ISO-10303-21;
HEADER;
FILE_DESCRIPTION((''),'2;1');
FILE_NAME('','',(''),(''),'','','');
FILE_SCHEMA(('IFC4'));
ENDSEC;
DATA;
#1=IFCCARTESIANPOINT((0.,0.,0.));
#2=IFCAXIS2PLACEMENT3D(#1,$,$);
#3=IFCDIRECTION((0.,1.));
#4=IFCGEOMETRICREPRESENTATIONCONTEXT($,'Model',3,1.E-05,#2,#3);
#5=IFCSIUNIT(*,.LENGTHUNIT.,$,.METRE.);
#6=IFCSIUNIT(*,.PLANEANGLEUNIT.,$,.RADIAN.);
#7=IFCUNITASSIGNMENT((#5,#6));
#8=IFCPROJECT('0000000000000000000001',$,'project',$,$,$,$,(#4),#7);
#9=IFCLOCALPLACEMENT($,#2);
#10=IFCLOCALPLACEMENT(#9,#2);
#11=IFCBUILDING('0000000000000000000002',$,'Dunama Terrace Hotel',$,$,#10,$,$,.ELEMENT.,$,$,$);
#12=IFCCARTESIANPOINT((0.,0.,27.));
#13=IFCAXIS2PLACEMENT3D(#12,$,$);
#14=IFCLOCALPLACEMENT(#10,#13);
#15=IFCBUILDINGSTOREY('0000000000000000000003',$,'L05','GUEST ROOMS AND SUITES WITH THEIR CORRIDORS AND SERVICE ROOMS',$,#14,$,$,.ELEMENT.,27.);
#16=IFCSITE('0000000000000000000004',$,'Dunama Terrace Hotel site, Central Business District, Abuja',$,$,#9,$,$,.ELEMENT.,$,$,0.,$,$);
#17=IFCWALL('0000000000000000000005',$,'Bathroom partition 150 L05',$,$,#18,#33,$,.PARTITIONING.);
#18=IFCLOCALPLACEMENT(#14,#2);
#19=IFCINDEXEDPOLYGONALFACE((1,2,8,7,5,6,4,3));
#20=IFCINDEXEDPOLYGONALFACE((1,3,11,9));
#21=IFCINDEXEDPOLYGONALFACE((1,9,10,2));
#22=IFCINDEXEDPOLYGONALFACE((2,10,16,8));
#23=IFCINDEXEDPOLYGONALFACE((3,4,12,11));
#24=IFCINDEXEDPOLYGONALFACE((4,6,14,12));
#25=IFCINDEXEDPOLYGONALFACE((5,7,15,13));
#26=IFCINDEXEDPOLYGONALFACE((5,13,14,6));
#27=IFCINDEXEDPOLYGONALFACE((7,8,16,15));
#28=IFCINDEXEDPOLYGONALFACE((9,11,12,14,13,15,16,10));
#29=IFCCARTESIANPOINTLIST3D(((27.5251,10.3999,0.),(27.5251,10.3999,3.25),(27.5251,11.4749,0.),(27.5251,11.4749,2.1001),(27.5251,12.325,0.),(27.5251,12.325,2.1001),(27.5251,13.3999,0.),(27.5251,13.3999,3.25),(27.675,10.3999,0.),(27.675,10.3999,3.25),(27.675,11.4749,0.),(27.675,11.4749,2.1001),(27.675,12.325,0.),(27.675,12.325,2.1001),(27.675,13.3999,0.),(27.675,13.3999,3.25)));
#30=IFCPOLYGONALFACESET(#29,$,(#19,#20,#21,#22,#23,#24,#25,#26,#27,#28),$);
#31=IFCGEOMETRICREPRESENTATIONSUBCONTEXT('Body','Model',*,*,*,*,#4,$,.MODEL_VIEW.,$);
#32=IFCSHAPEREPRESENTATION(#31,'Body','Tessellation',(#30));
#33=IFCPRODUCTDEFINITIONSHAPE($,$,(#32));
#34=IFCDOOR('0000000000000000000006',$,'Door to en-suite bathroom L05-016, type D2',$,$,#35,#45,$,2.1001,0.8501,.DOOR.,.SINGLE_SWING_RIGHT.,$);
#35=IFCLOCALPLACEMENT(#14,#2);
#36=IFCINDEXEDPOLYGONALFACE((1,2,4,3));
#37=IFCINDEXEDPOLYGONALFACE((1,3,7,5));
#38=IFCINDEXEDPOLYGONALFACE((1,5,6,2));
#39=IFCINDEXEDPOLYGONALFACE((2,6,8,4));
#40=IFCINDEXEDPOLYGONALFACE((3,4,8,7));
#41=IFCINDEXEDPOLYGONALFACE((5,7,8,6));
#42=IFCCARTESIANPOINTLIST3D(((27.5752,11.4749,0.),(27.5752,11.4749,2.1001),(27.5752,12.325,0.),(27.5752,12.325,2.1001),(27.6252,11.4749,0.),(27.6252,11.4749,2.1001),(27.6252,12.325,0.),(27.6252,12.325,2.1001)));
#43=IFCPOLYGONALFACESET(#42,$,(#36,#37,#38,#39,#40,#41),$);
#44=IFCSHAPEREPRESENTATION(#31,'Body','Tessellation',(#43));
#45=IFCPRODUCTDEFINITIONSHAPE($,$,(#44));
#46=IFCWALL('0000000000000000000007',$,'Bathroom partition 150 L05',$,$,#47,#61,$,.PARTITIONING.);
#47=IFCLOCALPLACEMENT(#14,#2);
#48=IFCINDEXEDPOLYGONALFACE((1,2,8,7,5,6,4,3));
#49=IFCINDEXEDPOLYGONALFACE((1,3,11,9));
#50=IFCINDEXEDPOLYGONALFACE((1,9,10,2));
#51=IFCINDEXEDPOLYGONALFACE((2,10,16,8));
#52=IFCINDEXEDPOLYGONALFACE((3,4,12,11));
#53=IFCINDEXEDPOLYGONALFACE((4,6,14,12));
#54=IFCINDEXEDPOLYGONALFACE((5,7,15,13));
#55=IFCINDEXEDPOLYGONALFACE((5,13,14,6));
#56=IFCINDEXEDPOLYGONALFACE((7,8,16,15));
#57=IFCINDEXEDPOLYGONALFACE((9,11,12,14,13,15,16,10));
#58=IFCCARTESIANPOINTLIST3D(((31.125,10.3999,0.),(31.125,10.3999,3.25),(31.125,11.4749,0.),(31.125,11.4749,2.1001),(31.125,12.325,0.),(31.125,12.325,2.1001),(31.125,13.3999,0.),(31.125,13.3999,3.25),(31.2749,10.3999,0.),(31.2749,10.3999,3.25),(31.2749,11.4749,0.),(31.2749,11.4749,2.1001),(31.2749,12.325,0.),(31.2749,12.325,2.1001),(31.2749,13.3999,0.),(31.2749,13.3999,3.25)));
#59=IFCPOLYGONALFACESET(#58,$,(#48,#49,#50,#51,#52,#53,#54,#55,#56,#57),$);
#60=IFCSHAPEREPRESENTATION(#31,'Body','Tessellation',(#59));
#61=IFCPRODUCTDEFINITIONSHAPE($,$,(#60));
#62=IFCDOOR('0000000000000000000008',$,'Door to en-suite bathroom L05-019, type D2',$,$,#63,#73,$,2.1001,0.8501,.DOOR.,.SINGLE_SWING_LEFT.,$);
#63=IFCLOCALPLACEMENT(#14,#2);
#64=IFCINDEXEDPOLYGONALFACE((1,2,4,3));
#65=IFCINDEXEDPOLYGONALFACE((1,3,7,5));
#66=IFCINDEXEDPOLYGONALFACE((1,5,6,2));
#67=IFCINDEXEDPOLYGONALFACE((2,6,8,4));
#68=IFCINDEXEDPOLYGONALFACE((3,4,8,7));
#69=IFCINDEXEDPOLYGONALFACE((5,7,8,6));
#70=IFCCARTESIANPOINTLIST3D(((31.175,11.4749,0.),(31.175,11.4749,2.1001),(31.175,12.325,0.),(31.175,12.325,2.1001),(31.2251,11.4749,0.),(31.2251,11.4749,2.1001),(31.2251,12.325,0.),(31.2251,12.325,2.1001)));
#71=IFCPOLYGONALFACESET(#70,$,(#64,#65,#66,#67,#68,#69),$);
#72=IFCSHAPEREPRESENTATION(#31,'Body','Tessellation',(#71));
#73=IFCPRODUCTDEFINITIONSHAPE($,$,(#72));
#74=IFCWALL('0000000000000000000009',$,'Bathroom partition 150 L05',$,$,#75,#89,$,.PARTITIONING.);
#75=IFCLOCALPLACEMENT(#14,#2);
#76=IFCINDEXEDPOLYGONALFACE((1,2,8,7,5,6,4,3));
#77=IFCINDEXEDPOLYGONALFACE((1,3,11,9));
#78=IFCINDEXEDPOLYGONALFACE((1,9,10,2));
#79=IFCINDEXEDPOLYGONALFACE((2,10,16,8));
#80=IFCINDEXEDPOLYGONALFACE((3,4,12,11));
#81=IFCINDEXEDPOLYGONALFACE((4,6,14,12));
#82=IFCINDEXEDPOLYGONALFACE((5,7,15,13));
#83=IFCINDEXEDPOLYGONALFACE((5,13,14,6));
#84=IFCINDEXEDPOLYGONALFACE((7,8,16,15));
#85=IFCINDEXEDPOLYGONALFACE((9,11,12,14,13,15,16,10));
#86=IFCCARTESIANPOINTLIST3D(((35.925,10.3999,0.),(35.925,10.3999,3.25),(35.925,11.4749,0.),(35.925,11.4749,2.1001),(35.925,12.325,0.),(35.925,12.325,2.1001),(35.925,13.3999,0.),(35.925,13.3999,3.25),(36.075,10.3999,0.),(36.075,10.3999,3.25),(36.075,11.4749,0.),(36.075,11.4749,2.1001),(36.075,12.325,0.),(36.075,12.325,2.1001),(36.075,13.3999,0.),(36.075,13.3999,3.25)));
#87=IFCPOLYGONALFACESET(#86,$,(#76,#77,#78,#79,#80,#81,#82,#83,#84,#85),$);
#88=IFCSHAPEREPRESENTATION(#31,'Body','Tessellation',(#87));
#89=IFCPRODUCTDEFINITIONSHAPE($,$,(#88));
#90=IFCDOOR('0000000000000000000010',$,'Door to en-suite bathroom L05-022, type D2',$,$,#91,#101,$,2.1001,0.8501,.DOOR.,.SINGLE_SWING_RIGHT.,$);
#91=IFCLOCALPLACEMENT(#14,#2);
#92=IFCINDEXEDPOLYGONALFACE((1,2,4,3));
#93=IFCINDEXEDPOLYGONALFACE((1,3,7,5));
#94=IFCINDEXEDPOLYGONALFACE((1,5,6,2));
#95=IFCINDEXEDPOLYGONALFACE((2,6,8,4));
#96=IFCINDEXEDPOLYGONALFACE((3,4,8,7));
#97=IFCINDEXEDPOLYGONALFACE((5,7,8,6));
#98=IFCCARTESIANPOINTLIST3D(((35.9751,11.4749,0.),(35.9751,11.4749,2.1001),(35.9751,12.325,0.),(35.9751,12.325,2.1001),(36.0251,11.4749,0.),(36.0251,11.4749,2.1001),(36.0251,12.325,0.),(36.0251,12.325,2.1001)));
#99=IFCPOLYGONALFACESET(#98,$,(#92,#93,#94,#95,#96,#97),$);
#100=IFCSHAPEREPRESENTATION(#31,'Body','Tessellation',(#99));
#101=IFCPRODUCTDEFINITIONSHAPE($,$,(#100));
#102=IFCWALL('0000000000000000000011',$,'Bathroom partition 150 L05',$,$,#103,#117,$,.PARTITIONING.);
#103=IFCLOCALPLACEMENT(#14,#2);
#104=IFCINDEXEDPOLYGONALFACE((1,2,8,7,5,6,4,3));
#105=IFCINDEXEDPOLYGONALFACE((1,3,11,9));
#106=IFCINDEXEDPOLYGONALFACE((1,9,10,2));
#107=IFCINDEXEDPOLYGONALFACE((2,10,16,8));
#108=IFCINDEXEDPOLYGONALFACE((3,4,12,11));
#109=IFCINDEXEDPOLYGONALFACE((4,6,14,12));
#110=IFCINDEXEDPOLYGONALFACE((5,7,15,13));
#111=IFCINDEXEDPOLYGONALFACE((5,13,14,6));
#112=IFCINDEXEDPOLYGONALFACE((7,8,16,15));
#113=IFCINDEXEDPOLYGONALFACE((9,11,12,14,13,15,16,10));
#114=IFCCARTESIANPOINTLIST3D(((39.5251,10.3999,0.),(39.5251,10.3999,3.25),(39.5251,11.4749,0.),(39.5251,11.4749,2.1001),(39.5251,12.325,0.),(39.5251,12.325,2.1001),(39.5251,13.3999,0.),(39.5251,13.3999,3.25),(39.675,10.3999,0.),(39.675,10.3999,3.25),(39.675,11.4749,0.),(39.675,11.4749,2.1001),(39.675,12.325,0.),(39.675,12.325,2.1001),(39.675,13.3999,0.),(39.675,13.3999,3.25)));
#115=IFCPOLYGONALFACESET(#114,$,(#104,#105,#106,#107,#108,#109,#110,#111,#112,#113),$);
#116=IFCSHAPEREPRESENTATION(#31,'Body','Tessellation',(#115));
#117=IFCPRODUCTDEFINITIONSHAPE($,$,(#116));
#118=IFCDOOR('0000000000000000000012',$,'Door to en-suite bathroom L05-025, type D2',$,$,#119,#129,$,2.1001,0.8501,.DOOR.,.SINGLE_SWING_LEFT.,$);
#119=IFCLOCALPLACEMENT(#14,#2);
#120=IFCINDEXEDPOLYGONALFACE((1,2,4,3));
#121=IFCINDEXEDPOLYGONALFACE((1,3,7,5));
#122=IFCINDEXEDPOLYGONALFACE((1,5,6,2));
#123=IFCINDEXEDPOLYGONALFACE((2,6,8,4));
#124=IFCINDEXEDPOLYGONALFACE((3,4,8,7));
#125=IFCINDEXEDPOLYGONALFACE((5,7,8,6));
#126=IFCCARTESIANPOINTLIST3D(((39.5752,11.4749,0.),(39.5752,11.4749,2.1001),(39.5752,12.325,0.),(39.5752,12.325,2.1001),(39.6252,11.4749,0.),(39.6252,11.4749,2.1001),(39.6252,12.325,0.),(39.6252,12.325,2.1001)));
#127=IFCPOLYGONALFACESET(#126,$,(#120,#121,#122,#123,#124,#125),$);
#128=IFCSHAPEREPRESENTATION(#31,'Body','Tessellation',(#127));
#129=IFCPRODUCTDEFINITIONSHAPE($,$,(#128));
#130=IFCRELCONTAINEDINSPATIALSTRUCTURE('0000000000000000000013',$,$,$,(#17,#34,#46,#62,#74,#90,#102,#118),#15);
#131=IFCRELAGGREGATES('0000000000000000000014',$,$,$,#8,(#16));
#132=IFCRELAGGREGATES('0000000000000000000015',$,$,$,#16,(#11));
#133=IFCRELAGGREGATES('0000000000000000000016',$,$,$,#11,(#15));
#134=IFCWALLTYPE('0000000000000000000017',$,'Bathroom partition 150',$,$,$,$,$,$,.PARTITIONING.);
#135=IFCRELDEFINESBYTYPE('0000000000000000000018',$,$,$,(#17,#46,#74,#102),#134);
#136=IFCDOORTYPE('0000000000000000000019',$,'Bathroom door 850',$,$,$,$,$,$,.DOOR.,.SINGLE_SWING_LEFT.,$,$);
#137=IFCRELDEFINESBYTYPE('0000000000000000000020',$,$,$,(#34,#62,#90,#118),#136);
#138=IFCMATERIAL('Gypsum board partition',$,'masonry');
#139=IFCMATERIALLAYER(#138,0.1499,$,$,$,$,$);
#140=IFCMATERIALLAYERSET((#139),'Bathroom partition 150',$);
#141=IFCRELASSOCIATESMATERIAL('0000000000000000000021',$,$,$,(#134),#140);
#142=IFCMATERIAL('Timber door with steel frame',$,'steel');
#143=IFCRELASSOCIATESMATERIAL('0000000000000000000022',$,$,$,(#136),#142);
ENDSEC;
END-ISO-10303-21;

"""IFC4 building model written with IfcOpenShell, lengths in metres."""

from ifc_helpers import new_model, si_unit, direction, frame, frame_2d, origin, place, context, subcontext, project, spatial, rectangle, extrude, material, layer, layer_set, type_object, element, fill, save


model = new_model("IFC4")

# Units and contexts
model_context = context("Model", 3, precision=1e-05, world=origin(), true_north=direction((0.0, 1.0)))
body_context = subcontext(model_context, "Body", "Model", "MODEL_VIEW")
ifc_project = project(units=[si_unit("LENGTHUNIT", "METRE"), si_unit("PLANEANGLEUNIT", "RADIAN")], contexts=[model_context])

# Site, building, storey
site_placement = place(None, origin())
site = spatial("IfcSite", under=ifc_project, at=site_placement, Name="Dunama Terrace Hotel site, Central Business District, Abuja", CompositionType="ELEMENT", RefElevation=0.0)
building_placement = place(site_placement, origin())
building = spatial("IfcBuilding", under=site, at=building_placement, Name="Dunama Terrace Hotel", CompositionType="ELEMENT")
storey_placement = place(building_placement, frame((0.0, 0.0, 27.0)))
storey = spatial("IfcBuildingStorey", under=building, at=storey_placement, Name="L05", Description="GUEST ROOMS AND SUITES WITH THEIR CORRIDORS AND SERVICE ROOMS", CompositionType="ELEMENT", Elevation=27.0)

# Walls, openings, doors
ifc_material_1 = material(Name="Gypsum board partition", Category="masonry")
ifc_layer_1 = layer(ifc_material_1, 0.1499)
ifc_layer_set_1 = layer_set([ifc_layer_1], Name="Bathroom partition 150")
wall_type_1 = type_object("IfcWallType", Name="Bathroom partition 150", PredefinedType="PARTITIONING", material=ifc_layer_set_1)
wall_1_placement = place(storey_placement, frame((27.6001, 10.3999, 0.0), z_axis=(0.0, 0.0, 1.0), x_axis=(0.0, 1.0, 0.0)))
wall_1 = element("IfcWall", 1, at=wall_1_placement, inside=storey, type_object=wall_type_1, Name="Bathroom partition 150 L05", PredefinedType="PARTITIONING", context=body_context, shape_type="SweptSolid", body=[
    extrude(rectangle(XDim=3.0, YDim=0.1499, at=frame_2d((1.5, 0.0))), origin(), (0.0, 0.0, 1.0), 3.25),
])
opening_1_placement = place(wall_1_placement, frame((1.075, 0.0, 0.0)))
opening_1 = element("IfcOpeningElement", 2, at=opening_1_placement, cuts=wall_1, PredefinedType="OPENING", context=body_context, shape_type="SweptSolid", body=[
    extrude(rectangle(XDim=0.8501, YDim=2.1001, at=frame_2d((0.425, 1.05))), frame((0.0, 0.085, 0.0), z_axis=(0.0, -1.0, 0.0), x_axis=(1.0, 0.0, 0.0)), (0.0, 0.0, 1.0), 0.1699),
])
ifc_material_2 = material(Name="Timber door with steel frame", Category="steel")
door_type_1 = type_object("IfcDoorType", Name="Bathroom door 850", OperationType="SINGLE_SWING_LEFT", PredefinedType="DOOR", material=ifc_material_2)
door_1_placement = place(opening_1_placement, origin())
door_1 = element("IfcDoor", 3, at=door_1_placement, inside=storey, type_object=door_type_1, Name="Door to en-suite bathroom L05-016, type D2", OperationType="SINGLE_SWING_RIGHT", OverallHeight=2.1001, OverallWidth=0.8501, PredefinedType="DOOR", context=body_context, shape_type="SweptSolid", body=[
    extrude(rectangle(XDim=0.8501, YDim=2.1001, at=frame_2d((0.425, 1.05))), frame((0.0, 0.0249, 0.0), z_axis=(0.0, -1.0, 0.0), x_axis=(1.0, 0.0, 0.0)), (0.0, 0.0, 1.0), 0.05),
])
fill(opening_1, door_1)
wall_2_placement = place(storey_placement, frame((31.2, 10.3999, 0.0), z_axis=(0.0, 0.0, 1.0), x_axis=(0.0, 1.0, 0.0)))
wall_2 = element("IfcWall", 4, at=wall_2_placement, inside=storey, type_object=wall_type_1, Name="Bathroom partition 150 L05", PredefinedType="PARTITIONING", context=body_context, shape_type="SweptSolid", body=[
    extrude(rectangle(XDim=3.0, YDim=0.1499, at=frame_2d((1.5, 0.0))), origin(), (0.0, 0.0, 1.0), 3.25),
])
opening_2_placement = place(wall_2_placement, frame((1.075, 0.0, 0.0)))
opening_2 = element("IfcOpeningElement", 5, at=opening_2_placement, cuts=wall_2, PredefinedType="OPENING", context=body_context, shape_type="SweptSolid", body=[
    extrude(rectangle(XDim=0.8501, YDim=2.1001, at=frame_2d((0.425, 1.05))), frame((0.0, 0.085, 0.0), z_axis=(0.0, -1.0, 0.0), x_axis=(1.0, 0.0, 0.0)), (0.0, 0.0, 1.0), 0.1699),
])
door_2_placement = place(opening_2_placement, frame((0.8501, 0.0, 0.0), z_axis=(0.0, 0.0, 1.0), x_axis=(-1.0, 0.0, 0.0)))
door_2 = element("IfcDoor", 6, at=door_2_placement, inside=storey, type_object=door_type_1, Name="Door to en-suite bathroom L05-019, type D2", OperationType="SINGLE_SWING_LEFT", OverallHeight=2.1001, OverallWidth=0.8501, PredefinedType="DOOR", context=body_context, shape_type="SweptSolid", body=[
    extrude(rectangle(XDim=0.8501, YDim=2.1001, at=frame_2d((0.425, 1.05))), frame((0.0, 0.0251, 0.0), z_axis=(0.0, -1.0, 0.0), x_axis=(1.0, 0.0, 0.0)), (0.0, 0.0, 1.0), 0.05),
])
fill(opening_2, door_2)
wall_3_placement = place(storey_placement, frame((36.0, 10.3999, 0.0), z_axis=(0.0, 0.0, 1.0), x_axis=(0.0, 1.0, 0.0)))
wall_3 = element("IfcWall", 7, at=wall_3_placement, inside=storey, type_object=wall_type_1, Name="Bathroom partition 150 L05", PredefinedType="PARTITIONING", context=body_context, shape_type="SweptSolid", body=[
    extrude(rectangle(XDim=3.0, YDim=0.1499, at=frame_2d((1.5, 0.0))), origin(), (0.0, 0.0, 1.0), 3.25),
])
opening_3_placement = place(wall_3_placement, frame((1.075, 0.0, 0.0)))
opening_3 = element("IfcOpeningElement", 8, at=opening_3_placement, cuts=wall_3, PredefinedType="OPENING", context=body_context, shape_type="SweptSolid", body=[
    extrude(rectangle(XDim=0.8501, YDim=2.1001, at=frame_2d((0.425, 1.05))), frame((0.0, 0.085, 0.0), z_axis=(0.0, -1.0, 0.0), x_axis=(1.0, 0.0, 0.0)), (0.0, 0.0, 1.0), 0.1699),
])
door_3_placement = place(opening_3_placement, origin())
door_3 = element("IfcDoor", 9, at=door_3_placement, inside=storey, type_object=door_type_1, Name="Door to en-suite bathroom L05-022, type D2", OperationType="SINGLE_SWING_RIGHT", OverallHeight=2.1001, OverallWidth=0.8501, PredefinedType="DOOR", context=body_context, shape_type="SweptSolid", body=[
    extrude(rectangle(XDim=0.8501, YDim=2.1001, at=frame_2d((0.425, 1.05))), frame((0.0, 0.0249, 0.0), z_axis=(0.0, -1.0, 0.0), x_axis=(1.0, 0.0, 0.0)), (0.0, 0.0, 1.0), 0.05),
])
fill(opening_3, door_3)
wall_4_placement = place(storey_placement, frame((39.6001, 10.3999, 0.0), z_axis=(0.0, 0.0, 1.0), x_axis=(0.0, 1.0, 0.0)))
wall_4 = element("IfcWall", 10, at=wall_4_placement, inside=storey, type_object=wall_type_1, Name="Bathroom partition 150 L05", PredefinedType="PARTITIONING", context=body_context, shape_type="SweptSolid", body=[
    extrude(rectangle(XDim=3.0, YDim=0.1499, at=frame_2d((1.5, 0.0))), origin(), (0.0, 0.0, 1.0), 3.25),
])
opening_4_placement = place(wall_4_placement, frame((1.075, 0.0, 0.0)))
opening_4 = element("IfcOpeningElement", 11, at=opening_4_placement, cuts=wall_4, PredefinedType="OPENING", context=body_context, shape_type="SweptSolid", body=[
    extrude(rectangle(XDim=0.8501, YDim=2.1001, at=frame_2d((0.425, 1.05))), frame((0.0, 0.085, 0.0), z_axis=(0.0, -1.0, 0.0), x_axis=(1.0, 0.0, 0.0)), (0.0, 0.0, 1.0), 0.1699),
])
door_4_placement = place(opening_4_placement, frame((0.8501, 0.0, 0.0), z_axis=(0.0, 0.0, 1.0), x_axis=(-1.0, 0.0, 0.0)))
door_4 = element("IfcDoor", 12, at=door_4_placement, inside=storey, type_object=door_type_1, Name="Door to en-suite bathroom L05-025, type D2", OperationType="SINGLE_SWING_LEFT", OverallHeight=2.1001, OverallWidth=0.8501, PredefinedType="DOOR", context=body_context, shape_type="SweptSolid", body=[
    extrude(rectangle(XDim=0.8501, YDim=2.1001, at=frame_2d((0.425, 1.05))), frame((0.0, 0.0251, 0.0), z_axis=(0.0, -1.0, 0.0), x_axis=(1.0, 0.0, 0.0)), (0.0, 0.0, 1.0), 0.05),
])
fill(opening_4, door_4)

save(model, "model.ifc")
